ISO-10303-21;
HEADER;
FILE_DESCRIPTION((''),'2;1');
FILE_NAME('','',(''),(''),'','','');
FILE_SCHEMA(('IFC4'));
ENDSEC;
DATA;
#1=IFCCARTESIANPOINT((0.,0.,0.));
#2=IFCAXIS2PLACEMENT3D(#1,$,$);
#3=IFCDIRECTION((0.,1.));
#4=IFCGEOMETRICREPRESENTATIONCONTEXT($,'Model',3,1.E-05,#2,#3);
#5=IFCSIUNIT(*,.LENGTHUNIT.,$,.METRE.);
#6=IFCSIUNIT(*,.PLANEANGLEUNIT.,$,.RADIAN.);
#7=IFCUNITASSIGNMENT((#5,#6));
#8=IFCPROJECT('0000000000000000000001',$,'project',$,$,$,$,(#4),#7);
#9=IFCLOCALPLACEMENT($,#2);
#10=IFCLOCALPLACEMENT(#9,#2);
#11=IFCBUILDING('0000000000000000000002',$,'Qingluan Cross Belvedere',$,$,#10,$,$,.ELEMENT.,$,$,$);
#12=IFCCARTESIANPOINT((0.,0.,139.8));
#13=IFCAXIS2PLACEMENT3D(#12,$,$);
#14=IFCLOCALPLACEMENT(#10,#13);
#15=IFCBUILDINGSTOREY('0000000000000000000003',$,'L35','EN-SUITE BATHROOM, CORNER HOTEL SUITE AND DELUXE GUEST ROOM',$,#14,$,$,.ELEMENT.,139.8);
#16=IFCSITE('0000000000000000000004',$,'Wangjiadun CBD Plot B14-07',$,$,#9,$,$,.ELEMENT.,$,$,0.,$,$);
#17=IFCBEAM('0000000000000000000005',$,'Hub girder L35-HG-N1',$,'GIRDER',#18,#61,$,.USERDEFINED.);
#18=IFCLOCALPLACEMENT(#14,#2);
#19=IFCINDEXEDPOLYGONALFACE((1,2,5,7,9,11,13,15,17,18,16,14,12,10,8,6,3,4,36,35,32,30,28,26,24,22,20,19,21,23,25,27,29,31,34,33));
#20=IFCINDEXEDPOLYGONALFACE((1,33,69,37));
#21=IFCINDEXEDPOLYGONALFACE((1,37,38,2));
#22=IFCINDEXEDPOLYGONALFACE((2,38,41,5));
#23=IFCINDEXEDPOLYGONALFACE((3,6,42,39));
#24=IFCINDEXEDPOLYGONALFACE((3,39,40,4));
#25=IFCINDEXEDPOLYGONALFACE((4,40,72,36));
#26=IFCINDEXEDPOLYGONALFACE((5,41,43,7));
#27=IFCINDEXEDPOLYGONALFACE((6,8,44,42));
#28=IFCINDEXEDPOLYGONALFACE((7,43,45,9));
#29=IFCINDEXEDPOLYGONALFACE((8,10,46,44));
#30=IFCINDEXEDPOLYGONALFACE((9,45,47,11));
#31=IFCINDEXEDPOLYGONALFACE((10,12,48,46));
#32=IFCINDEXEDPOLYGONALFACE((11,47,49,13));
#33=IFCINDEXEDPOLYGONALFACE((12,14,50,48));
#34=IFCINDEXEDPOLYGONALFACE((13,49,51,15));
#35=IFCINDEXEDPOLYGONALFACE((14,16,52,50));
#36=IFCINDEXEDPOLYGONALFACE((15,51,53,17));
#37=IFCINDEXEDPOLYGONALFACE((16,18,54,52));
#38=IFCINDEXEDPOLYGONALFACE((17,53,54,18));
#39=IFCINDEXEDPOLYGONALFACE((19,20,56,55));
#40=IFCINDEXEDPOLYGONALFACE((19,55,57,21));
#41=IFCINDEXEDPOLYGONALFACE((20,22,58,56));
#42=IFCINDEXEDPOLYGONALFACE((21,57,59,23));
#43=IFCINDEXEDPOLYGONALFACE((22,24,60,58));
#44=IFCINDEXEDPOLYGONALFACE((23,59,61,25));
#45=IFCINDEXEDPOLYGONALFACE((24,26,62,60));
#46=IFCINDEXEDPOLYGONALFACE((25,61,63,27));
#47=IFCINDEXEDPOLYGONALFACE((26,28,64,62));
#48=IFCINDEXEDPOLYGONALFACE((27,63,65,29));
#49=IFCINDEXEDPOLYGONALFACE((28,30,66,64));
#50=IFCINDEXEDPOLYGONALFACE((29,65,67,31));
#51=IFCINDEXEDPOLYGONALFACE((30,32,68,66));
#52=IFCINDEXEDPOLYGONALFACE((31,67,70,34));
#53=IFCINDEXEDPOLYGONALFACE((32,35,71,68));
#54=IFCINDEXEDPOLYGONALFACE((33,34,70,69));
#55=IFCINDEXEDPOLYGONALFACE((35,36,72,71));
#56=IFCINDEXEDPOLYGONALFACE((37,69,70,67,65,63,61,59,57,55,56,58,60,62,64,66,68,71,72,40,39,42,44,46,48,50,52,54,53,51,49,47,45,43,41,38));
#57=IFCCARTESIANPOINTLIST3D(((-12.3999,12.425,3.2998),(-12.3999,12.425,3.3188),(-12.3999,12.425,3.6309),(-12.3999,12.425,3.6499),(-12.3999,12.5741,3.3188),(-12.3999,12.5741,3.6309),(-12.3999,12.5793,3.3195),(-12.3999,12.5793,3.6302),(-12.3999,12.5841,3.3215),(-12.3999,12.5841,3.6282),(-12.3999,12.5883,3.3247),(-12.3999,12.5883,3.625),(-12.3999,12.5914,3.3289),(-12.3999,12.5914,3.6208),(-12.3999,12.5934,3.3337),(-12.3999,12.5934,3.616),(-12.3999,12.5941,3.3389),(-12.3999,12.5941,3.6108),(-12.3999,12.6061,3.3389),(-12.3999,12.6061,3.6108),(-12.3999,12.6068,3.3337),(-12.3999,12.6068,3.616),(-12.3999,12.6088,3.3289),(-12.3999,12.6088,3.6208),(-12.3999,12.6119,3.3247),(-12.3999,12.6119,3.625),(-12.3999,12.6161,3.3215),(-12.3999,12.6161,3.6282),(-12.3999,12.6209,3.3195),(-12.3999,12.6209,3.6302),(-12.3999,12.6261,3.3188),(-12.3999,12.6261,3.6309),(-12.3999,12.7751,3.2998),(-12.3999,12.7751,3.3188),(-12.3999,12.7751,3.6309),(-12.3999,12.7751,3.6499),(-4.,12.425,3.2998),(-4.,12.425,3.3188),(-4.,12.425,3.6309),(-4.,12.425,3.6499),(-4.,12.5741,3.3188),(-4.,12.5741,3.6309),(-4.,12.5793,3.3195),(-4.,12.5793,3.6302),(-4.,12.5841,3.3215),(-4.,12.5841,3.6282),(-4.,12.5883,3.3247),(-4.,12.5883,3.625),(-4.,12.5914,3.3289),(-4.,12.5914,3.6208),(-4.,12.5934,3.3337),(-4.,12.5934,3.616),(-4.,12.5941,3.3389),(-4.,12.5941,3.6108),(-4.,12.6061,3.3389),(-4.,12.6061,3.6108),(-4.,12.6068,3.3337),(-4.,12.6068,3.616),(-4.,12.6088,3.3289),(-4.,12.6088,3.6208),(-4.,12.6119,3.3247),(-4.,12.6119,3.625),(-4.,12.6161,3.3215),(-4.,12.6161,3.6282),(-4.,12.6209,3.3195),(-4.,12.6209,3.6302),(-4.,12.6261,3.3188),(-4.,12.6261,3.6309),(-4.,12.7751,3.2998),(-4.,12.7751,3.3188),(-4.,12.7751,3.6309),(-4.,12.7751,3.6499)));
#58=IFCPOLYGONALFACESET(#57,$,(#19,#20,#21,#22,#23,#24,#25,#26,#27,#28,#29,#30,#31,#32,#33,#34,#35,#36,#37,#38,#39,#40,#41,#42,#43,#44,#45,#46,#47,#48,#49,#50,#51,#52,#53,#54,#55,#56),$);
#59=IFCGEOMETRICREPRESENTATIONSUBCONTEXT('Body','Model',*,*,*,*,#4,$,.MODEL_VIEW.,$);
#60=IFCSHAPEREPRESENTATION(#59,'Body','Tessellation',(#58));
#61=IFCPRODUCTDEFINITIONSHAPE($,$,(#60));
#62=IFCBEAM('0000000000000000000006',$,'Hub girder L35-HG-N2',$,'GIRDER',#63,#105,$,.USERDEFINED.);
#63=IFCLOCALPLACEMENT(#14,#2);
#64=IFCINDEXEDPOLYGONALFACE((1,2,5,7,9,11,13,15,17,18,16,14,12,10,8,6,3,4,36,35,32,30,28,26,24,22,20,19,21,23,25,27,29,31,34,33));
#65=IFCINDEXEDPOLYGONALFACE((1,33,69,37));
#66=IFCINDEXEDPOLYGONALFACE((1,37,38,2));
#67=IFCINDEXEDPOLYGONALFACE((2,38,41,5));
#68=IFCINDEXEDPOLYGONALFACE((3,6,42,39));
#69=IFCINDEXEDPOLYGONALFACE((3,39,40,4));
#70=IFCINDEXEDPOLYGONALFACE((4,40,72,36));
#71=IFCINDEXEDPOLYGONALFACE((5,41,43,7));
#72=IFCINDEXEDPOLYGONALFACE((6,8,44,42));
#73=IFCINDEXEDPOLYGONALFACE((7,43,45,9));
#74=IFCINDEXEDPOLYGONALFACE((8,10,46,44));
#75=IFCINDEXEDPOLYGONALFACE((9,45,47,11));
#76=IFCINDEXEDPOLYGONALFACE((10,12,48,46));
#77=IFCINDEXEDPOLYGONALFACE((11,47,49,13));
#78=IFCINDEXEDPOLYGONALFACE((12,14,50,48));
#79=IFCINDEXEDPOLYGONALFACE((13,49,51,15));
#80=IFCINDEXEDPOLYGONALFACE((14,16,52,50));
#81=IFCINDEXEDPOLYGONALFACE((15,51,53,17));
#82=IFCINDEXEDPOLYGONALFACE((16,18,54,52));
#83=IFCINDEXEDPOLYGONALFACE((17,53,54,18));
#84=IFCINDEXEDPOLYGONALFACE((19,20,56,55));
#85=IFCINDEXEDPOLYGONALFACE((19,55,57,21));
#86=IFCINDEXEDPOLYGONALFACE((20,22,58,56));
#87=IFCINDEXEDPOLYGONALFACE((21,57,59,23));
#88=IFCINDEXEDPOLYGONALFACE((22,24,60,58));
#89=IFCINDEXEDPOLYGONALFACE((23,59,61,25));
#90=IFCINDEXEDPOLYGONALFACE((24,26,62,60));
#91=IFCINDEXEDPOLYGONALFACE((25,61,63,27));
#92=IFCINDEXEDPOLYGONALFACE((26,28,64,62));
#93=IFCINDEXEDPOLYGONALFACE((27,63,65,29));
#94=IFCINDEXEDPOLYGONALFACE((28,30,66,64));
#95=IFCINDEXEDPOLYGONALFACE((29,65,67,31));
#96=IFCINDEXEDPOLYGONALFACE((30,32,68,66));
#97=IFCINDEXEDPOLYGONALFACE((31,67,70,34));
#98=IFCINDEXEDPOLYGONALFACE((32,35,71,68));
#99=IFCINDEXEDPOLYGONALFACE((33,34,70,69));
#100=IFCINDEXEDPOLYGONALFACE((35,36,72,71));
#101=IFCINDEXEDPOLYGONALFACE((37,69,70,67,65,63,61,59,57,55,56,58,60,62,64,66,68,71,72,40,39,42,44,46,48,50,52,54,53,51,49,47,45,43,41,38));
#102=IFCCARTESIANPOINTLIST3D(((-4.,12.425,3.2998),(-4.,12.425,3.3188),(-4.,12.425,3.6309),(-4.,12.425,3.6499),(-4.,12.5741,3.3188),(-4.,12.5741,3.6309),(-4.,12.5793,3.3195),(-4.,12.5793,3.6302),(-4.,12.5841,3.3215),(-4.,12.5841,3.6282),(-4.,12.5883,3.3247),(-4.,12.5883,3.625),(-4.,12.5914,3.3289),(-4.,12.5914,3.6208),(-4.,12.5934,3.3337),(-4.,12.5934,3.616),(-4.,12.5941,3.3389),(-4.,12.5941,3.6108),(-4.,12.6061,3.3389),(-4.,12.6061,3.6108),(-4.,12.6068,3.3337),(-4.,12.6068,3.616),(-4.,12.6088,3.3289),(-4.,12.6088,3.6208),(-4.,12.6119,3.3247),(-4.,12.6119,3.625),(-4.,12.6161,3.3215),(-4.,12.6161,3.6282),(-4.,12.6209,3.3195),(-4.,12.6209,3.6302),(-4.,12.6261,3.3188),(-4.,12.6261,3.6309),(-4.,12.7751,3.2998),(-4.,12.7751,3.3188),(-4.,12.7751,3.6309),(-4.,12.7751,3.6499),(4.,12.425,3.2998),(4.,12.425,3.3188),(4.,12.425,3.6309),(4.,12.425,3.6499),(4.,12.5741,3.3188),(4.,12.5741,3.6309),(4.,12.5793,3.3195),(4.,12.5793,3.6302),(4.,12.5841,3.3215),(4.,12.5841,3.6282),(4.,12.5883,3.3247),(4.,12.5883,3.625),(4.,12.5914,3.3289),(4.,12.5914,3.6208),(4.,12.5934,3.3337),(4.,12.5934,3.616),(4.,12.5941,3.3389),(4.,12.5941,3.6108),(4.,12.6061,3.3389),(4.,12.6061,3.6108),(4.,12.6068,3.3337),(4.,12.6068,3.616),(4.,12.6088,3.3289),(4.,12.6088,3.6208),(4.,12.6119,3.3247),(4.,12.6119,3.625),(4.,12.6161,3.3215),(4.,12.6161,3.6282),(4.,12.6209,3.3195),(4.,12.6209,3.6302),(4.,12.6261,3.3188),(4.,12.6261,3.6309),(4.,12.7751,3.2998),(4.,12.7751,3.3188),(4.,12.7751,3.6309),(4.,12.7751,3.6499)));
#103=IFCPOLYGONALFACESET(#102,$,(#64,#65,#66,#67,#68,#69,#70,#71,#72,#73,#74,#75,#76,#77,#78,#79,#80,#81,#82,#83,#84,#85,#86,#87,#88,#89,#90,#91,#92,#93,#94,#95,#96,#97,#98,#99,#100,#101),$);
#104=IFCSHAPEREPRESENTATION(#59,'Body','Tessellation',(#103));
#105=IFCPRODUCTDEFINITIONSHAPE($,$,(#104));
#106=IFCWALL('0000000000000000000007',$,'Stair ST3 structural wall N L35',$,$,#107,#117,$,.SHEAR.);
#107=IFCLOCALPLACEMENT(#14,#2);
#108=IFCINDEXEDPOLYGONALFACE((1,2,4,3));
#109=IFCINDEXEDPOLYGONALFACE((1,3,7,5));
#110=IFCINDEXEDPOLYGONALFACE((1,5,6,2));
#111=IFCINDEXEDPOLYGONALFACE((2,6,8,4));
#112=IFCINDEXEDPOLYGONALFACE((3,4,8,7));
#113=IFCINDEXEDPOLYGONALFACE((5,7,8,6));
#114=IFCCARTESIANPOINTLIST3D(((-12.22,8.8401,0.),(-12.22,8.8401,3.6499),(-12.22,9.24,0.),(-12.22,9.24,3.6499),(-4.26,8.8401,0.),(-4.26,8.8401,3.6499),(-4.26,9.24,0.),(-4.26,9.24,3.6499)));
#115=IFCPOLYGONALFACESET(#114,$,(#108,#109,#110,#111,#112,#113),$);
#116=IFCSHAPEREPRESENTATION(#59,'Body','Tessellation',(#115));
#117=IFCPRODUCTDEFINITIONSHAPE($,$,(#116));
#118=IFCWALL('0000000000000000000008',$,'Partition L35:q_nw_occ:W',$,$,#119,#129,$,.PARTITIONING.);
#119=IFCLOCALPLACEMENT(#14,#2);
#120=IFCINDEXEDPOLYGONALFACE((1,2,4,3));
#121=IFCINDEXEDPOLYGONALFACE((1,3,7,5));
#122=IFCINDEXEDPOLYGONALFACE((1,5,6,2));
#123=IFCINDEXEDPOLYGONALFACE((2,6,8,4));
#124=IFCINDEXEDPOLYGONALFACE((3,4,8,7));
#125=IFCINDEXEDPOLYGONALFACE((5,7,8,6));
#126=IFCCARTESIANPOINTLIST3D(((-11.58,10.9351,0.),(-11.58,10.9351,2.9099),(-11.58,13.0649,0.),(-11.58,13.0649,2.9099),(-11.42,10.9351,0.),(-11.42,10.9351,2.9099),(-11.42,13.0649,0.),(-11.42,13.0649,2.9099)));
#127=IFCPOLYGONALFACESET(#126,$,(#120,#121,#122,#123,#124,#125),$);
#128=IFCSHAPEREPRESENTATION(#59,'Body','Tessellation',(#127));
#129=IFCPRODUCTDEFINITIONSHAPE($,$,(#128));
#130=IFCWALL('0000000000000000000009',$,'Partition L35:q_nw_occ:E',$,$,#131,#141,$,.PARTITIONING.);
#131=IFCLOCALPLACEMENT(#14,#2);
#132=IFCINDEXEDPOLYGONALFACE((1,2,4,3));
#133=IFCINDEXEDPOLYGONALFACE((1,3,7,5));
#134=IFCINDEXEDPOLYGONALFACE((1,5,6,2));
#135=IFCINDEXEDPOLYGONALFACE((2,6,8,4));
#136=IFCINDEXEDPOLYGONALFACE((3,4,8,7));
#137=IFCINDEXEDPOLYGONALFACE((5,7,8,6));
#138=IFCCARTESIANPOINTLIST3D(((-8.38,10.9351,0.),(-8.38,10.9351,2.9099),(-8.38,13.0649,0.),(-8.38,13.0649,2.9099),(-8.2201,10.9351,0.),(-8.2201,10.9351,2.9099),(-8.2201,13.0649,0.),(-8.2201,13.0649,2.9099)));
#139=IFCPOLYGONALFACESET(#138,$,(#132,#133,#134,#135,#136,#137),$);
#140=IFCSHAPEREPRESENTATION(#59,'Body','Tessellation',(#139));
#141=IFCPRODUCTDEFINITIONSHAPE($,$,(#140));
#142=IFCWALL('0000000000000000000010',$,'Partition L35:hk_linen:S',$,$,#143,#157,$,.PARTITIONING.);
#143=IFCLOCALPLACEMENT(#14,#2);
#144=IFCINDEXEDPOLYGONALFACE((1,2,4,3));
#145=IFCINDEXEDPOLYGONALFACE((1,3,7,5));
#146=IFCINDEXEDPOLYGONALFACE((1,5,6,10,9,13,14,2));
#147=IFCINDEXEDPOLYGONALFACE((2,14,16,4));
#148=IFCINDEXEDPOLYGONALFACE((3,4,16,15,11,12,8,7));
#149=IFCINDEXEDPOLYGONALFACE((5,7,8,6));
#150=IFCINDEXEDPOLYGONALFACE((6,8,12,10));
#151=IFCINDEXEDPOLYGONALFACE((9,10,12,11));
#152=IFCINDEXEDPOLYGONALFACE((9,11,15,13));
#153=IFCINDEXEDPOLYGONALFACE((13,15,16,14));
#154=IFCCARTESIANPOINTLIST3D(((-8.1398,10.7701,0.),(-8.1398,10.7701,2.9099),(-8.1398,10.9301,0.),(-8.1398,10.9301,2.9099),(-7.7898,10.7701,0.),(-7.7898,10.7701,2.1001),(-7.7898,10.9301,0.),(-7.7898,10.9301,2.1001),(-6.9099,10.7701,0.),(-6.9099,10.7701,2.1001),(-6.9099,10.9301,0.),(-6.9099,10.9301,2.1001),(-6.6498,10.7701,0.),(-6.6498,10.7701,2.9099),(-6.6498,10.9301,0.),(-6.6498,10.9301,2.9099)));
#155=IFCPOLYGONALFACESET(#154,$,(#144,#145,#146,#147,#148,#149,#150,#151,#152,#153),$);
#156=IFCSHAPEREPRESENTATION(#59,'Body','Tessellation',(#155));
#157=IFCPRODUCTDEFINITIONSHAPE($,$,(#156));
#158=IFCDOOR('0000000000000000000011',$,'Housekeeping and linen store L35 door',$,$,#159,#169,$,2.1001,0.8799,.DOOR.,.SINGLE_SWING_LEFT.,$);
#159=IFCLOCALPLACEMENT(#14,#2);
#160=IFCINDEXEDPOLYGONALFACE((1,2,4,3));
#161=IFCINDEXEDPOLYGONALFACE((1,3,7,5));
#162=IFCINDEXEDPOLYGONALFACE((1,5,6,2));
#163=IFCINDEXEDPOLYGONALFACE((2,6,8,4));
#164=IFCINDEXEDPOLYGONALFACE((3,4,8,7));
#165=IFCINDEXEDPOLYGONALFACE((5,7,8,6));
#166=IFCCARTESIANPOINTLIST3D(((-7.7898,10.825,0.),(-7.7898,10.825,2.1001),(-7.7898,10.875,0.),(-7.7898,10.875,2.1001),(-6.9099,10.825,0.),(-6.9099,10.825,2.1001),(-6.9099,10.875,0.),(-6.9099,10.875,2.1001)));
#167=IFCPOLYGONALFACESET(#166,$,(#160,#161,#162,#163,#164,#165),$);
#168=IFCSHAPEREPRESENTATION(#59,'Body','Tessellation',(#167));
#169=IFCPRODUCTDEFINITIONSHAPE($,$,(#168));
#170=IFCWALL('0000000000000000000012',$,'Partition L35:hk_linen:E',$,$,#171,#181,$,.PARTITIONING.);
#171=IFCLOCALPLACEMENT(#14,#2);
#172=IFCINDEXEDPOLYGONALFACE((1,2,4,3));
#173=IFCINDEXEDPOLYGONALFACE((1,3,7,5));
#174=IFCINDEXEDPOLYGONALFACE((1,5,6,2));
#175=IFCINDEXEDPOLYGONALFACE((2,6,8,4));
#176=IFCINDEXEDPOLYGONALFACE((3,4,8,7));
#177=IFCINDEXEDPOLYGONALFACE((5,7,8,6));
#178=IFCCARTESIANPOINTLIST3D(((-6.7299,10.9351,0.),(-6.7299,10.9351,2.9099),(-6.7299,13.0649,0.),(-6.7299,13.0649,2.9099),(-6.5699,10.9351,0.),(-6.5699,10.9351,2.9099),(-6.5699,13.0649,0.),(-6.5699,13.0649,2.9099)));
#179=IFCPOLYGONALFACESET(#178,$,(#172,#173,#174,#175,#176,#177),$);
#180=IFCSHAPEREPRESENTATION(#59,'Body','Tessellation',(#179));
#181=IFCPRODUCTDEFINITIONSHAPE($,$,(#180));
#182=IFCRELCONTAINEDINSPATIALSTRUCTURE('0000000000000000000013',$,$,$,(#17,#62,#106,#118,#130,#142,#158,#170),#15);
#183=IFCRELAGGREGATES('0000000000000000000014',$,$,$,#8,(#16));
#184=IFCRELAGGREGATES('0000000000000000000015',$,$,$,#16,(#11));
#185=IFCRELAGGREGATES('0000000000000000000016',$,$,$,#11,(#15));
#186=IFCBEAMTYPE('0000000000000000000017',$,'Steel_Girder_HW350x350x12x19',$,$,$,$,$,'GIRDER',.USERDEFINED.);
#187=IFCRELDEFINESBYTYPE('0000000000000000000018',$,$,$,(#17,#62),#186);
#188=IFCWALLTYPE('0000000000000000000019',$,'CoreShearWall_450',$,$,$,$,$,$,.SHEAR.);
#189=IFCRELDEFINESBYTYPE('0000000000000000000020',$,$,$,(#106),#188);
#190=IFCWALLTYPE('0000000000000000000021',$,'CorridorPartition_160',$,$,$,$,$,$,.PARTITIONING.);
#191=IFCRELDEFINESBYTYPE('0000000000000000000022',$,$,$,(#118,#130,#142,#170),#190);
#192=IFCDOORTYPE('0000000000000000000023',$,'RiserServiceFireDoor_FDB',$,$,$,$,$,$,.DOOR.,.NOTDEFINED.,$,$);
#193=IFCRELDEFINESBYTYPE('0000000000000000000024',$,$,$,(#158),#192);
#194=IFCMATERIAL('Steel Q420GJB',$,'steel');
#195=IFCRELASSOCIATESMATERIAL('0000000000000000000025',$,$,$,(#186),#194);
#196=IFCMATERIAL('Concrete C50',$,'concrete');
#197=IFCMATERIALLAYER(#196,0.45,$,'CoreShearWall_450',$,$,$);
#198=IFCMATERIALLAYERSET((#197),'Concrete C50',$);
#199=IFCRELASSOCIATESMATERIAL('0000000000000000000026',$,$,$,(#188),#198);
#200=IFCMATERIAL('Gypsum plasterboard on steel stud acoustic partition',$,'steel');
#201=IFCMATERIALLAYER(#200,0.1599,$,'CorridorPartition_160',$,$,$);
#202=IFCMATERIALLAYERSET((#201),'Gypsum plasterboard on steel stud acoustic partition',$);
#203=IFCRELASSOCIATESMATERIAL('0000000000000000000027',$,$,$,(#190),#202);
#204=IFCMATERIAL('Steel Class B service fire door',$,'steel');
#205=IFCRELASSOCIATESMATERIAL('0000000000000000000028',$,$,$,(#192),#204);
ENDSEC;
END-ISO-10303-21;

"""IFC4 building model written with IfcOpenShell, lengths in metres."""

from ifc_helpers import new_model, si_unit, direction, frame, frame_2d, origin, origin_2d, place, context, subcontext, project, spatial, rectangle, i_section, extrude, material, layer, layer_set, material_profile, profile_set, type_object, element, fill, save


model = new_model("IFC4")

# Units and contexts
model_context = context("Model", 3, precision=1e-05, world=origin(), true_north=direction((0.0, 1.0)))
body_context = subcontext(model_context, "Body", "Model", "MODEL_VIEW")
ifc_project = project(units=[si_unit("LENGTHUNIT", "METRE"), si_unit("PLANEANGLEUNIT", "RADIAN")], contexts=[model_context])

# Site, building, storey
site_placement = place(None, origin())
site = spatial("IfcSite", under=ifc_project, at=site_placement, Name="Wangjiadun CBD Plot B14-07", CompositionType="ELEMENT", RefElevation=0.0)
building_placement = place(site_placement, origin())
building = spatial("IfcBuilding", under=site, at=building_placement, Name="Qingluan Cross Belvedere", CompositionType="ELEMENT")
storey_placement = place(building_placement, frame((0.0, 0.0, 139.8)))
storey = spatial("IfcBuildingStorey", under=building, at=storey_placement, Name="L35", Description="EN-SUITE BATHROOM, CORNER HOTEL SUITE AND DELUXE GUEST ROOM", CompositionType="ELEMENT", Elevation=139.8)

# Beams
ifc_material_1 = material(Name="Steel Q420GJB", Category="steel")
ifc_material_profile_1 = material_profile(ifc_material_1, i_section(OverallWidth=0.3501, OverallDepth=0.3501, WebThickness=0.012, FlangeThickness=0.019, FilletRadius=0.02, at=origin_2d()), Name="HW350x350x12x19")
ifc_profile_set_1 = profile_set([ifc_material_profile_1], Name="Steel Q420GJB")
beam_type_1 = type_object("IfcBeamType", Name="Steel_Girder_HW350x350x12x19", ElementType="GIRDER", PredefinedType="USERDEFINED", material=ifc_profile_set_1)
beam_1_placement = place(storey_placement, frame((-12.3999, 12.6001, 3.4749), z_axis=(1.0, 0.0, 0.0), x_axis=(0.0, 1.0, 0.0)))
element("IfcBeam", 1, at=beam_1_placement, inside=storey, type_object=beam_type_1, Name="Hub girder L35-HG-N1", ObjectType="GIRDER", PredefinedType="USERDEFINED", context=body_context, shape_type="SweptSolid", body=[
    extrude(i_section(OverallWidth=0.3501, OverallDepth=0.3501, WebThickness=0.012, FlangeThickness=0.019, FilletRadius=0.02, at=origin_2d()), origin(), (0.0, 0.0, 1.0), 8.3999),
])
beam_2_placement = place(storey_placement, frame((-4.0, 12.6001, 3.4749), z_axis=(1.0, 0.0, 0.0), x_axis=(0.0, 1.0, 0.0)))
element("IfcBeam", 2, at=beam_2_placement, inside=storey, type_object=beam_type_1, Name="Hub girder L35-HG-N2", ObjectType="GIRDER", PredefinedType="USERDEFINED", context=body_context, shape_type="SweptSolid", body=[
    extrude(i_section(OverallWidth=0.3501, OverallDepth=0.3501, WebThickness=0.012, FlangeThickness=0.019, FilletRadius=0.02, at=origin_2d()), origin(), (0.0, 0.0, 1.0), 8.0),
])

# Wall
ifc_material_2 = material(Name="Concrete C50", Category="concrete")
ifc_layer_1 = layer(ifc_material_2, 0.45, Name="CoreShearWall_450")
ifc_layer_set_1 = layer_set([ifc_layer_1], Name="Concrete C50")
wall_type_1 = type_object("IfcWallType", Name="CoreShearWall_450", PredefinedType="SHEAR", material=ifc_layer_set_1)
wall_1_placement = place(storey_placement, frame((-12.22, 9.04, 0.0), z_axis=(0.0, 0.0, 1.0), x_axis=(1.0, 0.0, 0.0)))
element("IfcWall", 3, at=wall_1_placement, inside=storey, type_object=wall_type_1, Name="Stair ST3 structural wall N L35", PredefinedType="SHEAR", context=body_context, shape_type="SweptSolid", body=[
    extrude(rectangle(XDim=7.96, YDim=0.3999, at=frame_2d((3.98, 0.0))), origin(), (0.0, 0.0, 1.0), 3.6499),
])

# Shared definitions
ifc_material_3 = material(Name="Gypsum plasterboard on steel stud acoustic partition", Category="steel")
ifc_layer_2 = layer(ifc_material_3, 0.1599, Name="CorridorPartition_160")
ifc_layer_set_2 = layer_set([ifc_layer_2], Name="Gypsum plasterboard on steel stud acoustic partition")
wall_type_2 = type_object("IfcWallType", Name="CorridorPartition_160", PredefinedType="PARTITIONING", material=ifc_layer_set_2)

# Walls
for number, where, z_axis, x_axis, name in (
    (4, (-11.5, 10.9351, 0.0), (0.0, 0.0, 1.0), (0.0, 1.0, 0.0), "Partition L35:q_nw_occ:W"),
    (5, (-8.3, 10.9351, 0.0), (0.0, 0.0, 1.0), (0.0, 1.0, 0.0), "Partition L35:q_nw_occ:E"),
):
    element("IfcWall", number, at=place(storey_placement, frame(where, z_axis=z_axis, x_axis=x_axis)), inside=storey, type_object=wall_type_2, Name=name, PredefinedType="PARTITIONING", context=body_context, shape_type="SweptSolid", body=[
        extrude(rectangle(XDim=2.1299, YDim=0.1599, at=frame_2d((1.0649, 0.0))), origin(), (0.0, 0.0, 1.0), 2.9099),
    ])

# Wall, opening, door
wall_2_placement = place(storey_placement, frame((-8.1399, 10.8501, 0.0), z_axis=(0.0, 0.0, 1.0), x_axis=(1.0, 0.0, 0.0)))
wall_2 = element("IfcWall", 6, at=wall_2_placement, inside=storey, type_object=wall_type_2, Name="Partition L35:hk_linen:S", PredefinedType="PARTITIONING", context=body_context, shape_type="SweptSolid", body=[
    extrude(rectangle(XDim=1.49, YDim=0.1599, at=frame_2d((0.7451, 0.0))), origin(), (0.0, 0.0, 1.0), 2.9099),
])
opening_1_placement = place(wall_2_placement, frame((0.3501, 0.0, 0.0)))
opening_1 = element("IfcOpeningElement", 7, at=opening_1_placement, cuts=wall_2, PredefinedType="OPENING", context=body_context, shape_type="SweptSolid", body=[
    extrude(rectangle(XDim=0.8799, YDim=2.1001, at=frame_2d((0.4399, 1.05))), frame((0.0, 0.0898, 0.0), z_axis=(0.0, -1.0, 0.0), x_axis=(1.0, 0.0, 0.0)), (0.0, 0.0, 1.0), 0.1799),
])
ifc_material_4 = material(Name="Steel Class B service fire door", Category="steel")
door_type_1 = type_object("IfcDoorType", Name="RiserServiceFireDoor_FDB", OperationType="NOTDEFINED", PredefinedType="DOOR", material=ifc_material_4)
door_1_placement = place(opening_1_placement, origin())
door_1 = element("IfcDoor", 8, at=door_1_placement, inside=storey, type_object=door_type_1, Name="Housekeeping and linen store L35 door", OperationType="SINGLE_SWING_LEFT", OverallHeight=2.1001, OverallWidth=0.8799, PredefinedType="DOOR", context=body_context, shape_type="SweptSolid", body=[
    extrude(rectangle(XDim=0.8799, YDim=2.1001, at=frame_2d((0.4399, 1.05))), frame((0.0, 0.0249, 0.0), z_axis=(0.0, -1.0, 0.0), x_axis=(1.0, 0.0, 0.0)), (0.0, 0.0, 1.0), 0.05),
])
fill(opening_1, door_1)

# Wall
wall_3_placement = place(storey_placement, frame((-6.6499, 10.9351, 0.0), z_axis=(0.0, 0.0, 1.0), x_axis=(0.0, 1.0, 0.0)))
element("IfcWall", 9, at=wall_3_placement, inside=storey, type_object=wall_type_2, Name="Partition L35:hk_linen:E", PredefinedType="PARTITIONING", context=body_context, shape_type="SweptSolid", body=[
    extrude(rectangle(XDim=2.1299, YDim=0.1599, at=frame_2d((1.0649, 0.0))), origin(), (0.0, 0.0, 1.0), 2.9099),
])

save(model, "model.ifc")
